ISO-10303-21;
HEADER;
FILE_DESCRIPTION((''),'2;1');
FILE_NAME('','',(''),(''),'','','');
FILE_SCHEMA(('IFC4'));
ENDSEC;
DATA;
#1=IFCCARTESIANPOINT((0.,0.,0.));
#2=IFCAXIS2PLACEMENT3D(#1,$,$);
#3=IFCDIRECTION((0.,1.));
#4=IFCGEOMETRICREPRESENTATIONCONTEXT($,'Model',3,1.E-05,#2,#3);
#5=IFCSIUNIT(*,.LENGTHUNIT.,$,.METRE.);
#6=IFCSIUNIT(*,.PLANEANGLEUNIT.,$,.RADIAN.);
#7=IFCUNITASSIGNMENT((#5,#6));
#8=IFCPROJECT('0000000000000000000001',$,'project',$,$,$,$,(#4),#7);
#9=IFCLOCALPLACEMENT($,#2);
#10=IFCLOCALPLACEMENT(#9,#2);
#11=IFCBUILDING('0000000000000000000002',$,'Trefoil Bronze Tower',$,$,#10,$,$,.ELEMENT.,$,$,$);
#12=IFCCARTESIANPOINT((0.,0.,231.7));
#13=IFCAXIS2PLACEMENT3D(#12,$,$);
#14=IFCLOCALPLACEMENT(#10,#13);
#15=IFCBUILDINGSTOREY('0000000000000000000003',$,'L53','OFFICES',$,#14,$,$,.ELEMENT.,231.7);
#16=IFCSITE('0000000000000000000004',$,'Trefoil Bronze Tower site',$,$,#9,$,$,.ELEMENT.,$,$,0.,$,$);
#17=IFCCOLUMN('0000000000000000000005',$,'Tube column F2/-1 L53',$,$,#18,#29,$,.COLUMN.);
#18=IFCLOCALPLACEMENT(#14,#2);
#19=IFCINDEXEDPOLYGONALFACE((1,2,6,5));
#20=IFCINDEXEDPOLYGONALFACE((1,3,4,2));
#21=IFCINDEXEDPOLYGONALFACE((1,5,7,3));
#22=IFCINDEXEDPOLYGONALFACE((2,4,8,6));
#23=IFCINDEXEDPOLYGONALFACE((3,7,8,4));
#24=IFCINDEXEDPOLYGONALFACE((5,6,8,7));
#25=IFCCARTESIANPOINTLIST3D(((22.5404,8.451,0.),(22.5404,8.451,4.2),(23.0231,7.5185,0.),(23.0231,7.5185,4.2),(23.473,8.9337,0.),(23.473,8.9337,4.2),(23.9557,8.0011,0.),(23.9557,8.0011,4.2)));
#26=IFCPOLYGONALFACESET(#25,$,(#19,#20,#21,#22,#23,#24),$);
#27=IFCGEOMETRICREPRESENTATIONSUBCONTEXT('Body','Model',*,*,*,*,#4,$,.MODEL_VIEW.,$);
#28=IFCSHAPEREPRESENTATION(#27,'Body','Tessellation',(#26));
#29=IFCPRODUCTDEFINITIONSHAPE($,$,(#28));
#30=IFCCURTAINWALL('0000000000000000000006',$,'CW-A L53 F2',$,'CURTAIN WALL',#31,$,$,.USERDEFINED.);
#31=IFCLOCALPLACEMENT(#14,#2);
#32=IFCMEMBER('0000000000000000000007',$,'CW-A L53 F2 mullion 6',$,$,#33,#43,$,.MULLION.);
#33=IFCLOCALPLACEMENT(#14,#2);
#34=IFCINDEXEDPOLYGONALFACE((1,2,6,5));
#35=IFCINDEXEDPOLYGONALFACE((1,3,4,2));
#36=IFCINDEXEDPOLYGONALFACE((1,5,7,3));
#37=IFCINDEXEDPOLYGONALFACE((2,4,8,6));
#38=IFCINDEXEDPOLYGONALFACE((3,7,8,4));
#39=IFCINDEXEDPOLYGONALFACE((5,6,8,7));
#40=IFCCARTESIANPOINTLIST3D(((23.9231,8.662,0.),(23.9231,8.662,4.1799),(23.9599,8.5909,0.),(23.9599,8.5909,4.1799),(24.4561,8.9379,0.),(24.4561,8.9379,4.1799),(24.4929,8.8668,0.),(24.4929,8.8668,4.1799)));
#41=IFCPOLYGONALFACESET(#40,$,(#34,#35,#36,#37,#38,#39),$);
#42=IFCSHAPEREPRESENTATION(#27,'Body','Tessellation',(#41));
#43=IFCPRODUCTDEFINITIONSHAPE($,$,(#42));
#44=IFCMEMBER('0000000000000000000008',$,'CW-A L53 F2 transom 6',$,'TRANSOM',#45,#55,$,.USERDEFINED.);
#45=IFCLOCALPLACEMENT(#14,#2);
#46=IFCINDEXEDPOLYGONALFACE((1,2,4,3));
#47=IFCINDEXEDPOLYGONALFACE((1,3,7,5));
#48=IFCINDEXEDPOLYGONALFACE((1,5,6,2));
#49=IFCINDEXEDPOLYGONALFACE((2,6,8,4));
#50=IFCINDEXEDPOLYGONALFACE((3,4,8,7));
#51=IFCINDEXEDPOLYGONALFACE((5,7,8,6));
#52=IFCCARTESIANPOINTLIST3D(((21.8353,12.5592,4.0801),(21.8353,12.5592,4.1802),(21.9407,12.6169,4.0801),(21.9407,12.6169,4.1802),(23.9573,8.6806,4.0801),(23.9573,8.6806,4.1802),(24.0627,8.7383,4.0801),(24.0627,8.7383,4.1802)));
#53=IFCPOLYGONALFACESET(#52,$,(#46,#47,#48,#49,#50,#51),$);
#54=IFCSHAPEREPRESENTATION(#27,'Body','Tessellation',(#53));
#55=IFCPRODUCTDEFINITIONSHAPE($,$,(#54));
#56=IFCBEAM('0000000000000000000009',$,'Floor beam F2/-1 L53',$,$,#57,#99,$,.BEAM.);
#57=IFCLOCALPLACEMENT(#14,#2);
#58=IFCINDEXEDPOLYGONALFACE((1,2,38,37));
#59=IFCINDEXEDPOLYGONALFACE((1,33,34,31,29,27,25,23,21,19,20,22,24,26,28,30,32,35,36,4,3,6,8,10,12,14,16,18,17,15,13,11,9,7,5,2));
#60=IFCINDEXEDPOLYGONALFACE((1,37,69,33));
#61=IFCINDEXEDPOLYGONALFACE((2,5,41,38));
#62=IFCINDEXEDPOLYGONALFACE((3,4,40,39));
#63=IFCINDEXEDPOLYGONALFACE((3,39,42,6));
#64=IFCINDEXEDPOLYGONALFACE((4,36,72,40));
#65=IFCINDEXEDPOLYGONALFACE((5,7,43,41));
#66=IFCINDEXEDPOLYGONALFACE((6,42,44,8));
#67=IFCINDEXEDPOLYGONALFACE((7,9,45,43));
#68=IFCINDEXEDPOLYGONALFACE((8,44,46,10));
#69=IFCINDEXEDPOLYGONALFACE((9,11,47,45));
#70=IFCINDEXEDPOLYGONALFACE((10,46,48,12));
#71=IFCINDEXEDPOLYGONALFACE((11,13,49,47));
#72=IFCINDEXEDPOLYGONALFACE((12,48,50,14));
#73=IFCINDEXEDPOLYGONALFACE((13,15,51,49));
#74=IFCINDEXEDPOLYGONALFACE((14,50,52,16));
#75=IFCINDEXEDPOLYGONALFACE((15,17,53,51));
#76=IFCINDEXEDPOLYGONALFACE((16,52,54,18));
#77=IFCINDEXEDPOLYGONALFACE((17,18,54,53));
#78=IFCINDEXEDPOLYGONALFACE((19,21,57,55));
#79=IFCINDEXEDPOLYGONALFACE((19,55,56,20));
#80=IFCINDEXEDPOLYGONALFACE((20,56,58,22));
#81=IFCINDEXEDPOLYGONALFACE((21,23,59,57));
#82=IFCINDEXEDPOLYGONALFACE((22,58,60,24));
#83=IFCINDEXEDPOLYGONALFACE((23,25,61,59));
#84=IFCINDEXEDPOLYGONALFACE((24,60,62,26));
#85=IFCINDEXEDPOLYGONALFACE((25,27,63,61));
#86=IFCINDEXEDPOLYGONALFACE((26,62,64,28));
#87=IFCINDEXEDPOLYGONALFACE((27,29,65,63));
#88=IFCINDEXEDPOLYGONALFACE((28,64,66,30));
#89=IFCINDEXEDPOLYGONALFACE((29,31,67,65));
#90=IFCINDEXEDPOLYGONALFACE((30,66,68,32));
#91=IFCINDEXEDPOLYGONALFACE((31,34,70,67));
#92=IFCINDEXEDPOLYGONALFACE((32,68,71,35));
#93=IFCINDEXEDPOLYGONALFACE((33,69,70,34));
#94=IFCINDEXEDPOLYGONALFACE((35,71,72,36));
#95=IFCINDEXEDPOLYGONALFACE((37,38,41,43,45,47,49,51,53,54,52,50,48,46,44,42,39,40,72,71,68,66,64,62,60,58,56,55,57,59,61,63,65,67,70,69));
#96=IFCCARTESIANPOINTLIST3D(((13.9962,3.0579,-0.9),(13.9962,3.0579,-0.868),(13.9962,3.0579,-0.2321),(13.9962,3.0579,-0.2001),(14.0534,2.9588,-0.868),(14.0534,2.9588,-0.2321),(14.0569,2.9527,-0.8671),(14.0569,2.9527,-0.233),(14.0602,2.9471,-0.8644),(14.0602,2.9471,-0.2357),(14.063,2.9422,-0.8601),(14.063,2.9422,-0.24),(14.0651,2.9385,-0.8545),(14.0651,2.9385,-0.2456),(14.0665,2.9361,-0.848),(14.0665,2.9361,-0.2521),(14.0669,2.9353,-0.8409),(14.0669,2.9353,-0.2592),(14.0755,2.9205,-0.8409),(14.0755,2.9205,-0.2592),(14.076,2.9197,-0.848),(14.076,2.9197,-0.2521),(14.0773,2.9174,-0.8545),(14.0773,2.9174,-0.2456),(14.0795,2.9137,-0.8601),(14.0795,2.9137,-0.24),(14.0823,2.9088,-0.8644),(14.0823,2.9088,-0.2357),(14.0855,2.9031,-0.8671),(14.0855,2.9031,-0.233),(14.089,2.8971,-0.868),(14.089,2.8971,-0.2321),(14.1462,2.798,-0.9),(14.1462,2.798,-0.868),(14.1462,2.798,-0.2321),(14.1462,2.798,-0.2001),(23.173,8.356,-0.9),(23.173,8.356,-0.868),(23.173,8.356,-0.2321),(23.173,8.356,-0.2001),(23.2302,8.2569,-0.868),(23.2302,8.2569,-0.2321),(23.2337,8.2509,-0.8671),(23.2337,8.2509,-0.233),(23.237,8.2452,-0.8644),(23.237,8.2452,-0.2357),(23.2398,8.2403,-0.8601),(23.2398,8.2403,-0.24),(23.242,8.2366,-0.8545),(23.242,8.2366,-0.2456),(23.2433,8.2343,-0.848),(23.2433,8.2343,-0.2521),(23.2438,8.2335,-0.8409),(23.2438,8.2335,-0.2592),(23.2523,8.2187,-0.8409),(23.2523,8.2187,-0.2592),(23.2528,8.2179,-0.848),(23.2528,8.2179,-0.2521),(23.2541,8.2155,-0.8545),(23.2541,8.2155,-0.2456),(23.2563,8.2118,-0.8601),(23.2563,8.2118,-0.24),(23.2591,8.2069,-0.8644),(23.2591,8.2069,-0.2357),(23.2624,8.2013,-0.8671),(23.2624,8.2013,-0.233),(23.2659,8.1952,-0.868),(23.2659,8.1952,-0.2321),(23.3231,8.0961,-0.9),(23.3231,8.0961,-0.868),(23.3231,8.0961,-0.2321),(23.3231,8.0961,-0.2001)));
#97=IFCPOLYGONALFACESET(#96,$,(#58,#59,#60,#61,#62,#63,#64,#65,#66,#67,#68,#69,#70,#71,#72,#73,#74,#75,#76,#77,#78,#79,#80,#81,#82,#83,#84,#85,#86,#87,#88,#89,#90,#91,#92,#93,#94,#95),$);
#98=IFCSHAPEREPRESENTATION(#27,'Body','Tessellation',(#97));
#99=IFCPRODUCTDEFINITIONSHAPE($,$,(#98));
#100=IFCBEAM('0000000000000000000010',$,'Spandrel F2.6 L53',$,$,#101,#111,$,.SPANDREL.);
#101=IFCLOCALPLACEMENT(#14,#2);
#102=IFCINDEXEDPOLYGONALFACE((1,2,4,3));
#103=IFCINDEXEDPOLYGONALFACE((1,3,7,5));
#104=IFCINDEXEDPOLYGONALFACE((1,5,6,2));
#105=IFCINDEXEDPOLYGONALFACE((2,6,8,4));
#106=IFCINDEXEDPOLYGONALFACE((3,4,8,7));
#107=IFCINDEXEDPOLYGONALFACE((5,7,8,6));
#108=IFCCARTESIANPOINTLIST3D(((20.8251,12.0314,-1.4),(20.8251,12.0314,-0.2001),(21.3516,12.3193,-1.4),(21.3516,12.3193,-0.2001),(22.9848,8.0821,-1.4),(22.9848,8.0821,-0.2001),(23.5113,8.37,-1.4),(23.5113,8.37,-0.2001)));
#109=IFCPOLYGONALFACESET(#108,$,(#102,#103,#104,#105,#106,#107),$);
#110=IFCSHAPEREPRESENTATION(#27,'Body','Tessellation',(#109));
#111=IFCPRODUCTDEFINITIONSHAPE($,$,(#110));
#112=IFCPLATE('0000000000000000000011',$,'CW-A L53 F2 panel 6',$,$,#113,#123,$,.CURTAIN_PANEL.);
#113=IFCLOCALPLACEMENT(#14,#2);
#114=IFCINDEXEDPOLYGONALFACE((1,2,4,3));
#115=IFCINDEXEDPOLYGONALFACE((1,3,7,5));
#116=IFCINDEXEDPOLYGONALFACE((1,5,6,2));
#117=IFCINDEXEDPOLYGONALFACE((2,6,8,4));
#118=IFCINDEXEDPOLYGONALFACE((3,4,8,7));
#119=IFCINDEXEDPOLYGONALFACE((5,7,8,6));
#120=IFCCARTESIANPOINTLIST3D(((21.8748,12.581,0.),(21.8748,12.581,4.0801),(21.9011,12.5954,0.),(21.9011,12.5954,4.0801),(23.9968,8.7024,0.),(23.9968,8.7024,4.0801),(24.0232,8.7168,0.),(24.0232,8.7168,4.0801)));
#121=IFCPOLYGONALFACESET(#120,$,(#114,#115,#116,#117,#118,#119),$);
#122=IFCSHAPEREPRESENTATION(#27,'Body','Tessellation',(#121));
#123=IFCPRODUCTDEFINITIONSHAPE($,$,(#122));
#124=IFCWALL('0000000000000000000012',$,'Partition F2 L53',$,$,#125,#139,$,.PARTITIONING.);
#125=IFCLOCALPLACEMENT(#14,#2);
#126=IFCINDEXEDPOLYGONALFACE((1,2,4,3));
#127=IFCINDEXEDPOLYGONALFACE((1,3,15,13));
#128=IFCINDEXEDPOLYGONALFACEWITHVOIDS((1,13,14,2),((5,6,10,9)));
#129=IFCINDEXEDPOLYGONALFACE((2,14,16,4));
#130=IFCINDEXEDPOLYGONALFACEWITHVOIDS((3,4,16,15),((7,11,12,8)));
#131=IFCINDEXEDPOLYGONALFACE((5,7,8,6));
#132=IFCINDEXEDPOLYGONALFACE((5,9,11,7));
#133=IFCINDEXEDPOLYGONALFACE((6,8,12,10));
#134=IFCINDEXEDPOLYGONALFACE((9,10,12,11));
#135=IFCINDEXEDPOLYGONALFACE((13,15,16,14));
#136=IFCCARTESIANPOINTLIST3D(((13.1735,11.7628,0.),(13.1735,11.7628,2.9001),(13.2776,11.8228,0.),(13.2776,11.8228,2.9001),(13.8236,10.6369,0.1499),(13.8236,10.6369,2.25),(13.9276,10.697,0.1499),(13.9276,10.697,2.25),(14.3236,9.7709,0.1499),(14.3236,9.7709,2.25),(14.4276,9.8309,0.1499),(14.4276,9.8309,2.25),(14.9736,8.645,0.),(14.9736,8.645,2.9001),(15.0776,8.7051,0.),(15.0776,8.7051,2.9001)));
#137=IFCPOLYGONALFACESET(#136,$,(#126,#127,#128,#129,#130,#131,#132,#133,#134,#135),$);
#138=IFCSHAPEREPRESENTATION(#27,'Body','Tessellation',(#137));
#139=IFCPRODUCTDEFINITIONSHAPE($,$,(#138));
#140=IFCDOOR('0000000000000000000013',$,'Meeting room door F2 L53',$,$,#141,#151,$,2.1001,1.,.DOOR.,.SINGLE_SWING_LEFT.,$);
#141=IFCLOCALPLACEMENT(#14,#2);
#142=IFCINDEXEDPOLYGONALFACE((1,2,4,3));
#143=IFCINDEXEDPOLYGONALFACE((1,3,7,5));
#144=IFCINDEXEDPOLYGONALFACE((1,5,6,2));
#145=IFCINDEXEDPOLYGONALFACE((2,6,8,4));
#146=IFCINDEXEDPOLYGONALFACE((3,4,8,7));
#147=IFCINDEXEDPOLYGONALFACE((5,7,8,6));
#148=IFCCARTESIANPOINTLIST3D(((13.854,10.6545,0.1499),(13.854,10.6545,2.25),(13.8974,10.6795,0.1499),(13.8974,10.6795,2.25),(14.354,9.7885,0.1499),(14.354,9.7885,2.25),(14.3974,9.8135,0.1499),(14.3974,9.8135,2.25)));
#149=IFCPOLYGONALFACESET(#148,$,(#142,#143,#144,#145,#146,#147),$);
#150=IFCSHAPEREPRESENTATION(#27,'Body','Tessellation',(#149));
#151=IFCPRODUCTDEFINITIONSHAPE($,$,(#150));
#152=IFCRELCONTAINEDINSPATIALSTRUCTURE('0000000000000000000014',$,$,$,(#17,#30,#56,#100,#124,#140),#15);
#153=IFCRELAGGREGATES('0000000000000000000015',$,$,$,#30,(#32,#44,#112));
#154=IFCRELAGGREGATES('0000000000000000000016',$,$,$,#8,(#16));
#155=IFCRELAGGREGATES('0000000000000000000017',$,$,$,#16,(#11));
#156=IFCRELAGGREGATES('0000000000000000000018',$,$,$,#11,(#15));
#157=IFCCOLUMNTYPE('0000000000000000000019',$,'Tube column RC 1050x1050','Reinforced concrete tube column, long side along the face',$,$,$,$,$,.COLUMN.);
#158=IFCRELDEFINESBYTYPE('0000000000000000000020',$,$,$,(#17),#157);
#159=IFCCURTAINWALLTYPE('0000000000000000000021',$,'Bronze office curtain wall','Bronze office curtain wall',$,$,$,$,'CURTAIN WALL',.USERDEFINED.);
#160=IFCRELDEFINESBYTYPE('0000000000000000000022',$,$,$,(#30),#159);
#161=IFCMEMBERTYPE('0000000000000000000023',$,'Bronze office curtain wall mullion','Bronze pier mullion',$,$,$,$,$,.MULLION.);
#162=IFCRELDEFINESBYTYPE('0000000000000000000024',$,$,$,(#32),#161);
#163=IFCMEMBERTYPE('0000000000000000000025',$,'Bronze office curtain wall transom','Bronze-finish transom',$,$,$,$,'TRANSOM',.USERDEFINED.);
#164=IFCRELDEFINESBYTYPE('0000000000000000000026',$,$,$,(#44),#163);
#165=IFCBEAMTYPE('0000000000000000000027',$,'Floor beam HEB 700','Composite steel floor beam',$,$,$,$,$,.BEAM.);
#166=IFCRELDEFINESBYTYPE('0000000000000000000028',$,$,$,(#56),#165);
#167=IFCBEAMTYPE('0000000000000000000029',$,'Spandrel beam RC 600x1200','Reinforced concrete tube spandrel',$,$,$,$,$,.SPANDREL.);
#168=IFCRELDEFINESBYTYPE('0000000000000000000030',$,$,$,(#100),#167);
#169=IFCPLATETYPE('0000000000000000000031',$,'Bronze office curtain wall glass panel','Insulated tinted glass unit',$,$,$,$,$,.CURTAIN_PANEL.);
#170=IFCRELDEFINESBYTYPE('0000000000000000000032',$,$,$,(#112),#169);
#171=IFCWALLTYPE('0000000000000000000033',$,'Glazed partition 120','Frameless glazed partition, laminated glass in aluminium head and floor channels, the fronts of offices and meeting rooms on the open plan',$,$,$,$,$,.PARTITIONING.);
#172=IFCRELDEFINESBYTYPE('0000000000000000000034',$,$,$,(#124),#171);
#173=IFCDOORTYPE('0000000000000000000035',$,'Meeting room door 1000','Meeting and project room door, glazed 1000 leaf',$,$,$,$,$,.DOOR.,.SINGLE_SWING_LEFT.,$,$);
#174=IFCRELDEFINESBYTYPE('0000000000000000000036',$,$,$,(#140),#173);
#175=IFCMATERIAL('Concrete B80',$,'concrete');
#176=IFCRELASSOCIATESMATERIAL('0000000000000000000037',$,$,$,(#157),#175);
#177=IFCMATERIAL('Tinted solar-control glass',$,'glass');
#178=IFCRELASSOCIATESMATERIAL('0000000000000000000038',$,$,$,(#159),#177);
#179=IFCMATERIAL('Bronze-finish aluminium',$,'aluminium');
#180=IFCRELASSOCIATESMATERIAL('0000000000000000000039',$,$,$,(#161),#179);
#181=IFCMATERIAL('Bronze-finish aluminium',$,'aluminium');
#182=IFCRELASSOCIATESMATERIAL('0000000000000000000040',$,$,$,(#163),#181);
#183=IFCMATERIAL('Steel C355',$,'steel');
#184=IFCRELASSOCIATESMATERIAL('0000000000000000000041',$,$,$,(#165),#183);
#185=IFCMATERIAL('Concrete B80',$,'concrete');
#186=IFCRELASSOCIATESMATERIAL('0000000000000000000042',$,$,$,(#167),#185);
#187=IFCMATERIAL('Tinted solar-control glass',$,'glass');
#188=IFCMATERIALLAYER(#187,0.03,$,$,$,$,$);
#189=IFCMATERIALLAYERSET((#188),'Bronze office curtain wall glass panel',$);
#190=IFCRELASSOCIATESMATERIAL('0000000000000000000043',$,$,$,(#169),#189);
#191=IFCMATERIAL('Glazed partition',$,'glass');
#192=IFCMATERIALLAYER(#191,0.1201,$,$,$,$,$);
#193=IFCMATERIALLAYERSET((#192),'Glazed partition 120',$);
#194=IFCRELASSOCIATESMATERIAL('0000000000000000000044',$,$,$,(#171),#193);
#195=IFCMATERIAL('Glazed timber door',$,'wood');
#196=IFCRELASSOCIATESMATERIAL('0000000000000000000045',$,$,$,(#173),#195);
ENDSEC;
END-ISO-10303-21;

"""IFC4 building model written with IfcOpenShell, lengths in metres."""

from ifc_helpers import new_model, si_unit, direction, frame, frame_2d, origin, origin_2d, place, context, subcontext, project, spatial, rectangle, i_section, extrude, material, layer, layer_set, material_profile, profile_set, type_object, element, fill, aggregate, save


model = new_model("IFC4")

# Units and contexts
model_context = context("Model", 3, precision=1e-05, world=origin(), true_north=direction((0.0, 1.0)))
body_context = subcontext(model_context, "Body", "Model", "MODEL_VIEW")
ifc_project = project(units=[si_unit("LENGTHUNIT", "METRE"), si_unit("PLANEANGLEUNIT", "RADIAN")], contexts=[model_context])

# Site, building, storey
site_placement = place(None, origin())
site = spatial("IfcSite", under=ifc_project, at=site_placement, Name="Trefoil Bronze Tower site", CompositionType="ELEMENT", RefElevation=0.0)
building_placement = place(site_placement, origin())
building = spatial("IfcBuilding", under=site, at=building_placement, Name="Trefoil Bronze Tower", CompositionType="ELEMENT")
storey_placement = place(building_placement, frame((0.0, 0.0, 231.7)))
storey = spatial("IfcBuildingStorey", under=building, at=storey_placement, Name="L53", Description="OFFICES", CompositionType="ELEMENT", Elevation=231.7)

# Column
ifc_material_1 = material(Name="Concrete B80", Category="concrete")
ifc_material_profile_1 = material_profile(ifc_material_1, rectangle(XDim=1.05, YDim=1.05, at=origin_2d()), Name="RC 1050x1050")
ifc_profile_set_1 = profile_set([ifc_material_profile_1], Name="Concrete B80")
column_type = type_object("IfcColumnType", Name="Tube column RC 1050x1050", Description="Reinforced concrete tube column, long side along the face", PredefinedType="COLUMN", material=ifc_profile_set_1)
column_placement = place(storey_placement, frame((23.248, 8.2261, 0.0), z_axis=(0.0, 0.0, 1.0), x_axis=(-0.459673, 0.888088, 0.0)))
element("IfcColumn", 1, at=column_placement, inside=storey, type_object=column_type, Name="Tube column F2/-1 L53", PredefinedType="COLUMN", context=body_context, shape_type="SweptSolid", body=[
    extrude(rectangle(XDim=1.05, YDim=1.05, at=origin_2d()), origin(), (0.0, 0.0, 1.0), 4.2),
])

# Curtain wall, members
ifc_material_2 = material(Name="Tinted solar-control glass", Category="glass")
curtain_wall_type = type_object("IfcCurtainWallType", Name="Bronze office curtain wall", Description="Bronze office curtain wall", ElementType="CURTAIN WALL", PredefinedType="USERDEFINED", material=ifc_material_2)
curtain_wall_placement = place(storey_placement, origin())
curtain_wall = element("IfcCurtainWall", 2, at=curtain_wall_placement, inside=storey, type_object=curtain_wall_type, Name="CW-A L53 F2", ObjectType="CURTAIN WALL", PredefinedType="USERDEFINED")
ifc_material_3 = material(Name="Bronze-finish aluminium", Category="aluminium")
ifc_material_profile_2 = material_profile(ifc_material_3, rectangle(XDim=0.6001, YDim=0.0801, at=origin_2d()), Name="CW-A mullion")
ifc_profile_set_2 = profile_set([ifc_material_profile_2], Name="Bronze-finish aluminium")
member_type_1 = type_object("IfcMemberType", Name="Bronze office curtain wall mullion", Description="Bronze pier mullion", PredefinedType="MULLION", material=ifc_profile_set_2)
member_1_placement = place(storey_placement, frame((24.208, 8.7644, 0.0), z_axis=(0.0, 0.0, 1.0), x_axis=(-0.888088, -0.459673, 0.0)))
member_1 = element("IfcMember", 3, at=member_1_placement, type_object=member_type_1, Name="CW-A L53 F2 mullion 6", PredefinedType="MULLION", context=body_context, shape_type="SweptSolid", body=[
    extrude(rectangle(XDim=0.6001, YDim=0.0801, at=origin_2d()), origin(), (0.0, 0.0, 1.0), 4.1799),
])
ifc_material_4 = material(Name="Bronze-finish aluminium", Category="aluminium")
ifc_material_profile_3 = material_profile(ifc_material_4, rectangle(XDim=0.1201, YDim=0.1001, at=origin_2d()), Name="CW-A transom")
ifc_profile_set_3 = profile_set([ifc_material_profile_3], Name="Bronze-finish aluminium")
member_type_2 = type_object("IfcMemberType", Name="Bronze office curtain wall transom", Description="Bronze-finish transom", ElementType="TRANSOM", PredefinedType="USERDEFINED", material=ifc_profile_set_3)
member_2_placement = place(storey_placement, frame((24.01, 8.7095, 4.1301), z_axis=(-0.479974, 0.877283, 0.0), x_axis=(-0.877283, -0.479974, 0.0)))
member_2 = element("IfcMember", 4, at=member_2_placement, type_object=member_type_2, Name="CW-A L53 F2 transom 6", ObjectType="TRANSOM", PredefinedType="USERDEFINED", context=body_context, shape_type="SweptSolid", body=[
    extrude(rectangle(XDim=0.1201, YDim=0.1001, at=origin_2d()), origin(), (0.0, 0.0, 1.0), 4.4211),
])

# Beams
ifc_material_5 = material(Name="Steel C355", Category="steel")
ifc_material_profile_4 = material_profile(ifc_material_5, i_section(OverallWidth=0.3, OverallDepth=0.7, WebThickness=0.0171, FlangeThickness=0.032, FilletRadius=0.0271, at=origin_2d()), Name="HEB 700")
ifc_profile_set_4 = profile_set([ifc_material_profile_4], Name="Steel C355")
beam_type_1 = type_object("IfcBeamType", Name="Floor beam HEB 700", Description="Composite steel floor beam", PredefinedType="BEAM", material=ifc_profile_set_4)
beam_1_placement = place(storey_placement, frame((23.248, 8.2261, -0.55), z_axis=(-0.86603, -0.499992, 0.0), x_axis=(0.499992, -0.86603, 0.0)))
element("IfcBeam", 5, at=beam_1_placement, inside=storey, type_object=beam_type_1, Name="Floor beam F2/-1 L53", PredefinedType="BEAM", context=body_context, shape_type="SweptSolid", body=[
    extrude(i_section(OverallWidth=0.3, OverallDepth=0.7, WebThickness=0.0171, FlangeThickness=0.032, FilletRadius=0.0271, at=origin_2d()), origin(), (0.0, 0.0, 1.0), 10.5964),
])
ifc_material_6 = material(Name="Concrete B80", Category="concrete")
ifc_material_profile_5 = material_profile(ifc_material_6, rectangle(XDim=0.6001, YDim=1.2, at=origin_2d()), Name="RC 600x1200")
ifc_profile_set_5 = profile_set([ifc_material_profile_5], Name="Concrete B80")
beam_type_2 = type_object("IfcBeamType", Name="Spandrel beam RC 600x1200", Description="Reinforced concrete tube spandrel", PredefinedType="SPANDREL", material=ifc_profile_set_5)
beam_2_placement = place(storey_placement, frame((23.248, 8.2261, -0.8), z_axis=(-0.479802, 0.877377, 0.0), x_axis=(-0.877377, -0.479802, 0.0)))
element("IfcBeam", 6, at=beam_2_placement, inside=storey, type_object=beam_type_2, Name="Spandrel F2.6 L53", PredefinedType="SPANDREL", context=body_context, shape_type="SweptSolid", body=[
    extrude(rectangle(XDim=0.6001, YDim=1.2, at=origin_2d()), origin(), (0.0, 0.0, 1.0), 4.5012),
])

# Plate
ifc_material_7 = material(Name="Tinted solar-control glass", Category="glass")
ifc_layer_1 = layer(ifc_material_7, 0.03)
ifc_layer_set_1 = layer_set([ifc_layer_1], Name="Bronze office curtain wall glass panel")
plate_type = type_object("IfcPlateType", Name="Bronze office curtain wall glass panel", Description="Insulated tinted glass unit", PredefinedType="CURTAIN_PANEL", material=ifc_layer_set_1)
plate_placement = place(storey_placement, frame((22.949, 10.6489, 0.0), z_axis=(0.0, 0.0, 1.0), x_axis=(-0.479974, 0.877283, 0.0)))
plate = element("IfcPlate", 7, at=plate_placement, type_object=plate_type, Name="CW-A L53 F2 panel 6", PredefinedType="CURTAIN_PANEL", context=body_context, shape_type="SweptSolid", body=[
    extrude(rectangle(XDim=4.4211, YDim=0.03, at=origin_2d()), origin(), (0.0, 0.0, 1.0), 4.0801),
])
aggregate(curtain_wall, [member_1, member_2, plate])

# Wall, opening, door
ifc_material_8 = material(Name="Glazed partition", Category="glass")
ifc_layer_2 = layer(ifc_material_8, 0.1201)
ifc_layer_set_2 = layer_set([ifc_layer_2], Name="Glazed partition 120")
wall_type_1 = type_object("IfcWallType", Name="Glazed partition 120", Description="Frameless glazed partition, laminated glass in aluminium head and floor channels, the fronts of offices and meeting rooms on the open plan", PredefinedType="PARTITIONING", material=ifc_layer_set_2)
wall_1_placement = place(storey_placement, frame((15.0256, 8.675, 0.0), z_axis=(0.0, 0.0, 1.0), x_axis=(-0.500012, 0.866018, 0.0)))
wall_1 = element("IfcWall", 8, at=wall_1_placement, inside=storey, type_object=wall_type_1, Name="Partition F2 L53", PredefinedType="PARTITIONING", context=body_context, shape_type="SweptSolid", body=[
    extrude(rectangle(XDim=3.6001, YDim=0.1201, at=frame_2d((1.8, 0.0))), origin(), (0.0, 0.0, 1.0), 2.9001),
])
opening_1_placement = place(wall_1_placement, frame((1.3, 0.0, 0.1499)))
opening_1 = element("IfcOpeningElement", 9, at=opening_1_placement, cuts=wall_1, PredefinedType="OPENING", context=body_context, shape_type="SweptSolid", body=[
    extrude(rectangle(XDim=1.0, YDim=2.1001, at=frame_2d((0.5, 1.05))), frame((0.0, 0.0701, 0.0), z_axis=(0.0, -1.0, 0.0), x_axis=(1.0, 0.0, 0.0)), (0.0, 0.0, 1.0), 0.1401),
])
ifc_material_9 = material(Name="Glazed timber door", Category="wood")
door_type_1 = type_object("IfcDoorType", Name="Meeting room door 1000", Description="Meeting and project room door, glazed 1000 leaf", OperationType="SINGLE_SWING_LEFT", PredefinedType="DOOR", material=ifc_material_9)
door_1_placement = place(opening_1_placement, origin())
door_1 = element("IfcDoor", 10, at=door_1_placement, inside=storey, type_object=door_type_1, Name="Meeting room door F2 L53", OperationType="SINGLE_SWING_LEFT", OverallHeight=2.1001, OverallWidth=1.0, PredefinedType="DOOR", context=body_context, shape_type="SweptSolid", body=[
    extrude(rectangle(XDim=1.0, YDim=2.1001, at=frame_2d((0.5, 1.05))), frame((0.0, 0.0249, 0.0), z_axis=(0.0, -1.0, 0.0), x_axis=(1.0, 0.0, 0.0)), (0.0, 0.0, 1.0), 0.05),
])
fill(opening_1, door_1)

save(model, "model.ifc")
